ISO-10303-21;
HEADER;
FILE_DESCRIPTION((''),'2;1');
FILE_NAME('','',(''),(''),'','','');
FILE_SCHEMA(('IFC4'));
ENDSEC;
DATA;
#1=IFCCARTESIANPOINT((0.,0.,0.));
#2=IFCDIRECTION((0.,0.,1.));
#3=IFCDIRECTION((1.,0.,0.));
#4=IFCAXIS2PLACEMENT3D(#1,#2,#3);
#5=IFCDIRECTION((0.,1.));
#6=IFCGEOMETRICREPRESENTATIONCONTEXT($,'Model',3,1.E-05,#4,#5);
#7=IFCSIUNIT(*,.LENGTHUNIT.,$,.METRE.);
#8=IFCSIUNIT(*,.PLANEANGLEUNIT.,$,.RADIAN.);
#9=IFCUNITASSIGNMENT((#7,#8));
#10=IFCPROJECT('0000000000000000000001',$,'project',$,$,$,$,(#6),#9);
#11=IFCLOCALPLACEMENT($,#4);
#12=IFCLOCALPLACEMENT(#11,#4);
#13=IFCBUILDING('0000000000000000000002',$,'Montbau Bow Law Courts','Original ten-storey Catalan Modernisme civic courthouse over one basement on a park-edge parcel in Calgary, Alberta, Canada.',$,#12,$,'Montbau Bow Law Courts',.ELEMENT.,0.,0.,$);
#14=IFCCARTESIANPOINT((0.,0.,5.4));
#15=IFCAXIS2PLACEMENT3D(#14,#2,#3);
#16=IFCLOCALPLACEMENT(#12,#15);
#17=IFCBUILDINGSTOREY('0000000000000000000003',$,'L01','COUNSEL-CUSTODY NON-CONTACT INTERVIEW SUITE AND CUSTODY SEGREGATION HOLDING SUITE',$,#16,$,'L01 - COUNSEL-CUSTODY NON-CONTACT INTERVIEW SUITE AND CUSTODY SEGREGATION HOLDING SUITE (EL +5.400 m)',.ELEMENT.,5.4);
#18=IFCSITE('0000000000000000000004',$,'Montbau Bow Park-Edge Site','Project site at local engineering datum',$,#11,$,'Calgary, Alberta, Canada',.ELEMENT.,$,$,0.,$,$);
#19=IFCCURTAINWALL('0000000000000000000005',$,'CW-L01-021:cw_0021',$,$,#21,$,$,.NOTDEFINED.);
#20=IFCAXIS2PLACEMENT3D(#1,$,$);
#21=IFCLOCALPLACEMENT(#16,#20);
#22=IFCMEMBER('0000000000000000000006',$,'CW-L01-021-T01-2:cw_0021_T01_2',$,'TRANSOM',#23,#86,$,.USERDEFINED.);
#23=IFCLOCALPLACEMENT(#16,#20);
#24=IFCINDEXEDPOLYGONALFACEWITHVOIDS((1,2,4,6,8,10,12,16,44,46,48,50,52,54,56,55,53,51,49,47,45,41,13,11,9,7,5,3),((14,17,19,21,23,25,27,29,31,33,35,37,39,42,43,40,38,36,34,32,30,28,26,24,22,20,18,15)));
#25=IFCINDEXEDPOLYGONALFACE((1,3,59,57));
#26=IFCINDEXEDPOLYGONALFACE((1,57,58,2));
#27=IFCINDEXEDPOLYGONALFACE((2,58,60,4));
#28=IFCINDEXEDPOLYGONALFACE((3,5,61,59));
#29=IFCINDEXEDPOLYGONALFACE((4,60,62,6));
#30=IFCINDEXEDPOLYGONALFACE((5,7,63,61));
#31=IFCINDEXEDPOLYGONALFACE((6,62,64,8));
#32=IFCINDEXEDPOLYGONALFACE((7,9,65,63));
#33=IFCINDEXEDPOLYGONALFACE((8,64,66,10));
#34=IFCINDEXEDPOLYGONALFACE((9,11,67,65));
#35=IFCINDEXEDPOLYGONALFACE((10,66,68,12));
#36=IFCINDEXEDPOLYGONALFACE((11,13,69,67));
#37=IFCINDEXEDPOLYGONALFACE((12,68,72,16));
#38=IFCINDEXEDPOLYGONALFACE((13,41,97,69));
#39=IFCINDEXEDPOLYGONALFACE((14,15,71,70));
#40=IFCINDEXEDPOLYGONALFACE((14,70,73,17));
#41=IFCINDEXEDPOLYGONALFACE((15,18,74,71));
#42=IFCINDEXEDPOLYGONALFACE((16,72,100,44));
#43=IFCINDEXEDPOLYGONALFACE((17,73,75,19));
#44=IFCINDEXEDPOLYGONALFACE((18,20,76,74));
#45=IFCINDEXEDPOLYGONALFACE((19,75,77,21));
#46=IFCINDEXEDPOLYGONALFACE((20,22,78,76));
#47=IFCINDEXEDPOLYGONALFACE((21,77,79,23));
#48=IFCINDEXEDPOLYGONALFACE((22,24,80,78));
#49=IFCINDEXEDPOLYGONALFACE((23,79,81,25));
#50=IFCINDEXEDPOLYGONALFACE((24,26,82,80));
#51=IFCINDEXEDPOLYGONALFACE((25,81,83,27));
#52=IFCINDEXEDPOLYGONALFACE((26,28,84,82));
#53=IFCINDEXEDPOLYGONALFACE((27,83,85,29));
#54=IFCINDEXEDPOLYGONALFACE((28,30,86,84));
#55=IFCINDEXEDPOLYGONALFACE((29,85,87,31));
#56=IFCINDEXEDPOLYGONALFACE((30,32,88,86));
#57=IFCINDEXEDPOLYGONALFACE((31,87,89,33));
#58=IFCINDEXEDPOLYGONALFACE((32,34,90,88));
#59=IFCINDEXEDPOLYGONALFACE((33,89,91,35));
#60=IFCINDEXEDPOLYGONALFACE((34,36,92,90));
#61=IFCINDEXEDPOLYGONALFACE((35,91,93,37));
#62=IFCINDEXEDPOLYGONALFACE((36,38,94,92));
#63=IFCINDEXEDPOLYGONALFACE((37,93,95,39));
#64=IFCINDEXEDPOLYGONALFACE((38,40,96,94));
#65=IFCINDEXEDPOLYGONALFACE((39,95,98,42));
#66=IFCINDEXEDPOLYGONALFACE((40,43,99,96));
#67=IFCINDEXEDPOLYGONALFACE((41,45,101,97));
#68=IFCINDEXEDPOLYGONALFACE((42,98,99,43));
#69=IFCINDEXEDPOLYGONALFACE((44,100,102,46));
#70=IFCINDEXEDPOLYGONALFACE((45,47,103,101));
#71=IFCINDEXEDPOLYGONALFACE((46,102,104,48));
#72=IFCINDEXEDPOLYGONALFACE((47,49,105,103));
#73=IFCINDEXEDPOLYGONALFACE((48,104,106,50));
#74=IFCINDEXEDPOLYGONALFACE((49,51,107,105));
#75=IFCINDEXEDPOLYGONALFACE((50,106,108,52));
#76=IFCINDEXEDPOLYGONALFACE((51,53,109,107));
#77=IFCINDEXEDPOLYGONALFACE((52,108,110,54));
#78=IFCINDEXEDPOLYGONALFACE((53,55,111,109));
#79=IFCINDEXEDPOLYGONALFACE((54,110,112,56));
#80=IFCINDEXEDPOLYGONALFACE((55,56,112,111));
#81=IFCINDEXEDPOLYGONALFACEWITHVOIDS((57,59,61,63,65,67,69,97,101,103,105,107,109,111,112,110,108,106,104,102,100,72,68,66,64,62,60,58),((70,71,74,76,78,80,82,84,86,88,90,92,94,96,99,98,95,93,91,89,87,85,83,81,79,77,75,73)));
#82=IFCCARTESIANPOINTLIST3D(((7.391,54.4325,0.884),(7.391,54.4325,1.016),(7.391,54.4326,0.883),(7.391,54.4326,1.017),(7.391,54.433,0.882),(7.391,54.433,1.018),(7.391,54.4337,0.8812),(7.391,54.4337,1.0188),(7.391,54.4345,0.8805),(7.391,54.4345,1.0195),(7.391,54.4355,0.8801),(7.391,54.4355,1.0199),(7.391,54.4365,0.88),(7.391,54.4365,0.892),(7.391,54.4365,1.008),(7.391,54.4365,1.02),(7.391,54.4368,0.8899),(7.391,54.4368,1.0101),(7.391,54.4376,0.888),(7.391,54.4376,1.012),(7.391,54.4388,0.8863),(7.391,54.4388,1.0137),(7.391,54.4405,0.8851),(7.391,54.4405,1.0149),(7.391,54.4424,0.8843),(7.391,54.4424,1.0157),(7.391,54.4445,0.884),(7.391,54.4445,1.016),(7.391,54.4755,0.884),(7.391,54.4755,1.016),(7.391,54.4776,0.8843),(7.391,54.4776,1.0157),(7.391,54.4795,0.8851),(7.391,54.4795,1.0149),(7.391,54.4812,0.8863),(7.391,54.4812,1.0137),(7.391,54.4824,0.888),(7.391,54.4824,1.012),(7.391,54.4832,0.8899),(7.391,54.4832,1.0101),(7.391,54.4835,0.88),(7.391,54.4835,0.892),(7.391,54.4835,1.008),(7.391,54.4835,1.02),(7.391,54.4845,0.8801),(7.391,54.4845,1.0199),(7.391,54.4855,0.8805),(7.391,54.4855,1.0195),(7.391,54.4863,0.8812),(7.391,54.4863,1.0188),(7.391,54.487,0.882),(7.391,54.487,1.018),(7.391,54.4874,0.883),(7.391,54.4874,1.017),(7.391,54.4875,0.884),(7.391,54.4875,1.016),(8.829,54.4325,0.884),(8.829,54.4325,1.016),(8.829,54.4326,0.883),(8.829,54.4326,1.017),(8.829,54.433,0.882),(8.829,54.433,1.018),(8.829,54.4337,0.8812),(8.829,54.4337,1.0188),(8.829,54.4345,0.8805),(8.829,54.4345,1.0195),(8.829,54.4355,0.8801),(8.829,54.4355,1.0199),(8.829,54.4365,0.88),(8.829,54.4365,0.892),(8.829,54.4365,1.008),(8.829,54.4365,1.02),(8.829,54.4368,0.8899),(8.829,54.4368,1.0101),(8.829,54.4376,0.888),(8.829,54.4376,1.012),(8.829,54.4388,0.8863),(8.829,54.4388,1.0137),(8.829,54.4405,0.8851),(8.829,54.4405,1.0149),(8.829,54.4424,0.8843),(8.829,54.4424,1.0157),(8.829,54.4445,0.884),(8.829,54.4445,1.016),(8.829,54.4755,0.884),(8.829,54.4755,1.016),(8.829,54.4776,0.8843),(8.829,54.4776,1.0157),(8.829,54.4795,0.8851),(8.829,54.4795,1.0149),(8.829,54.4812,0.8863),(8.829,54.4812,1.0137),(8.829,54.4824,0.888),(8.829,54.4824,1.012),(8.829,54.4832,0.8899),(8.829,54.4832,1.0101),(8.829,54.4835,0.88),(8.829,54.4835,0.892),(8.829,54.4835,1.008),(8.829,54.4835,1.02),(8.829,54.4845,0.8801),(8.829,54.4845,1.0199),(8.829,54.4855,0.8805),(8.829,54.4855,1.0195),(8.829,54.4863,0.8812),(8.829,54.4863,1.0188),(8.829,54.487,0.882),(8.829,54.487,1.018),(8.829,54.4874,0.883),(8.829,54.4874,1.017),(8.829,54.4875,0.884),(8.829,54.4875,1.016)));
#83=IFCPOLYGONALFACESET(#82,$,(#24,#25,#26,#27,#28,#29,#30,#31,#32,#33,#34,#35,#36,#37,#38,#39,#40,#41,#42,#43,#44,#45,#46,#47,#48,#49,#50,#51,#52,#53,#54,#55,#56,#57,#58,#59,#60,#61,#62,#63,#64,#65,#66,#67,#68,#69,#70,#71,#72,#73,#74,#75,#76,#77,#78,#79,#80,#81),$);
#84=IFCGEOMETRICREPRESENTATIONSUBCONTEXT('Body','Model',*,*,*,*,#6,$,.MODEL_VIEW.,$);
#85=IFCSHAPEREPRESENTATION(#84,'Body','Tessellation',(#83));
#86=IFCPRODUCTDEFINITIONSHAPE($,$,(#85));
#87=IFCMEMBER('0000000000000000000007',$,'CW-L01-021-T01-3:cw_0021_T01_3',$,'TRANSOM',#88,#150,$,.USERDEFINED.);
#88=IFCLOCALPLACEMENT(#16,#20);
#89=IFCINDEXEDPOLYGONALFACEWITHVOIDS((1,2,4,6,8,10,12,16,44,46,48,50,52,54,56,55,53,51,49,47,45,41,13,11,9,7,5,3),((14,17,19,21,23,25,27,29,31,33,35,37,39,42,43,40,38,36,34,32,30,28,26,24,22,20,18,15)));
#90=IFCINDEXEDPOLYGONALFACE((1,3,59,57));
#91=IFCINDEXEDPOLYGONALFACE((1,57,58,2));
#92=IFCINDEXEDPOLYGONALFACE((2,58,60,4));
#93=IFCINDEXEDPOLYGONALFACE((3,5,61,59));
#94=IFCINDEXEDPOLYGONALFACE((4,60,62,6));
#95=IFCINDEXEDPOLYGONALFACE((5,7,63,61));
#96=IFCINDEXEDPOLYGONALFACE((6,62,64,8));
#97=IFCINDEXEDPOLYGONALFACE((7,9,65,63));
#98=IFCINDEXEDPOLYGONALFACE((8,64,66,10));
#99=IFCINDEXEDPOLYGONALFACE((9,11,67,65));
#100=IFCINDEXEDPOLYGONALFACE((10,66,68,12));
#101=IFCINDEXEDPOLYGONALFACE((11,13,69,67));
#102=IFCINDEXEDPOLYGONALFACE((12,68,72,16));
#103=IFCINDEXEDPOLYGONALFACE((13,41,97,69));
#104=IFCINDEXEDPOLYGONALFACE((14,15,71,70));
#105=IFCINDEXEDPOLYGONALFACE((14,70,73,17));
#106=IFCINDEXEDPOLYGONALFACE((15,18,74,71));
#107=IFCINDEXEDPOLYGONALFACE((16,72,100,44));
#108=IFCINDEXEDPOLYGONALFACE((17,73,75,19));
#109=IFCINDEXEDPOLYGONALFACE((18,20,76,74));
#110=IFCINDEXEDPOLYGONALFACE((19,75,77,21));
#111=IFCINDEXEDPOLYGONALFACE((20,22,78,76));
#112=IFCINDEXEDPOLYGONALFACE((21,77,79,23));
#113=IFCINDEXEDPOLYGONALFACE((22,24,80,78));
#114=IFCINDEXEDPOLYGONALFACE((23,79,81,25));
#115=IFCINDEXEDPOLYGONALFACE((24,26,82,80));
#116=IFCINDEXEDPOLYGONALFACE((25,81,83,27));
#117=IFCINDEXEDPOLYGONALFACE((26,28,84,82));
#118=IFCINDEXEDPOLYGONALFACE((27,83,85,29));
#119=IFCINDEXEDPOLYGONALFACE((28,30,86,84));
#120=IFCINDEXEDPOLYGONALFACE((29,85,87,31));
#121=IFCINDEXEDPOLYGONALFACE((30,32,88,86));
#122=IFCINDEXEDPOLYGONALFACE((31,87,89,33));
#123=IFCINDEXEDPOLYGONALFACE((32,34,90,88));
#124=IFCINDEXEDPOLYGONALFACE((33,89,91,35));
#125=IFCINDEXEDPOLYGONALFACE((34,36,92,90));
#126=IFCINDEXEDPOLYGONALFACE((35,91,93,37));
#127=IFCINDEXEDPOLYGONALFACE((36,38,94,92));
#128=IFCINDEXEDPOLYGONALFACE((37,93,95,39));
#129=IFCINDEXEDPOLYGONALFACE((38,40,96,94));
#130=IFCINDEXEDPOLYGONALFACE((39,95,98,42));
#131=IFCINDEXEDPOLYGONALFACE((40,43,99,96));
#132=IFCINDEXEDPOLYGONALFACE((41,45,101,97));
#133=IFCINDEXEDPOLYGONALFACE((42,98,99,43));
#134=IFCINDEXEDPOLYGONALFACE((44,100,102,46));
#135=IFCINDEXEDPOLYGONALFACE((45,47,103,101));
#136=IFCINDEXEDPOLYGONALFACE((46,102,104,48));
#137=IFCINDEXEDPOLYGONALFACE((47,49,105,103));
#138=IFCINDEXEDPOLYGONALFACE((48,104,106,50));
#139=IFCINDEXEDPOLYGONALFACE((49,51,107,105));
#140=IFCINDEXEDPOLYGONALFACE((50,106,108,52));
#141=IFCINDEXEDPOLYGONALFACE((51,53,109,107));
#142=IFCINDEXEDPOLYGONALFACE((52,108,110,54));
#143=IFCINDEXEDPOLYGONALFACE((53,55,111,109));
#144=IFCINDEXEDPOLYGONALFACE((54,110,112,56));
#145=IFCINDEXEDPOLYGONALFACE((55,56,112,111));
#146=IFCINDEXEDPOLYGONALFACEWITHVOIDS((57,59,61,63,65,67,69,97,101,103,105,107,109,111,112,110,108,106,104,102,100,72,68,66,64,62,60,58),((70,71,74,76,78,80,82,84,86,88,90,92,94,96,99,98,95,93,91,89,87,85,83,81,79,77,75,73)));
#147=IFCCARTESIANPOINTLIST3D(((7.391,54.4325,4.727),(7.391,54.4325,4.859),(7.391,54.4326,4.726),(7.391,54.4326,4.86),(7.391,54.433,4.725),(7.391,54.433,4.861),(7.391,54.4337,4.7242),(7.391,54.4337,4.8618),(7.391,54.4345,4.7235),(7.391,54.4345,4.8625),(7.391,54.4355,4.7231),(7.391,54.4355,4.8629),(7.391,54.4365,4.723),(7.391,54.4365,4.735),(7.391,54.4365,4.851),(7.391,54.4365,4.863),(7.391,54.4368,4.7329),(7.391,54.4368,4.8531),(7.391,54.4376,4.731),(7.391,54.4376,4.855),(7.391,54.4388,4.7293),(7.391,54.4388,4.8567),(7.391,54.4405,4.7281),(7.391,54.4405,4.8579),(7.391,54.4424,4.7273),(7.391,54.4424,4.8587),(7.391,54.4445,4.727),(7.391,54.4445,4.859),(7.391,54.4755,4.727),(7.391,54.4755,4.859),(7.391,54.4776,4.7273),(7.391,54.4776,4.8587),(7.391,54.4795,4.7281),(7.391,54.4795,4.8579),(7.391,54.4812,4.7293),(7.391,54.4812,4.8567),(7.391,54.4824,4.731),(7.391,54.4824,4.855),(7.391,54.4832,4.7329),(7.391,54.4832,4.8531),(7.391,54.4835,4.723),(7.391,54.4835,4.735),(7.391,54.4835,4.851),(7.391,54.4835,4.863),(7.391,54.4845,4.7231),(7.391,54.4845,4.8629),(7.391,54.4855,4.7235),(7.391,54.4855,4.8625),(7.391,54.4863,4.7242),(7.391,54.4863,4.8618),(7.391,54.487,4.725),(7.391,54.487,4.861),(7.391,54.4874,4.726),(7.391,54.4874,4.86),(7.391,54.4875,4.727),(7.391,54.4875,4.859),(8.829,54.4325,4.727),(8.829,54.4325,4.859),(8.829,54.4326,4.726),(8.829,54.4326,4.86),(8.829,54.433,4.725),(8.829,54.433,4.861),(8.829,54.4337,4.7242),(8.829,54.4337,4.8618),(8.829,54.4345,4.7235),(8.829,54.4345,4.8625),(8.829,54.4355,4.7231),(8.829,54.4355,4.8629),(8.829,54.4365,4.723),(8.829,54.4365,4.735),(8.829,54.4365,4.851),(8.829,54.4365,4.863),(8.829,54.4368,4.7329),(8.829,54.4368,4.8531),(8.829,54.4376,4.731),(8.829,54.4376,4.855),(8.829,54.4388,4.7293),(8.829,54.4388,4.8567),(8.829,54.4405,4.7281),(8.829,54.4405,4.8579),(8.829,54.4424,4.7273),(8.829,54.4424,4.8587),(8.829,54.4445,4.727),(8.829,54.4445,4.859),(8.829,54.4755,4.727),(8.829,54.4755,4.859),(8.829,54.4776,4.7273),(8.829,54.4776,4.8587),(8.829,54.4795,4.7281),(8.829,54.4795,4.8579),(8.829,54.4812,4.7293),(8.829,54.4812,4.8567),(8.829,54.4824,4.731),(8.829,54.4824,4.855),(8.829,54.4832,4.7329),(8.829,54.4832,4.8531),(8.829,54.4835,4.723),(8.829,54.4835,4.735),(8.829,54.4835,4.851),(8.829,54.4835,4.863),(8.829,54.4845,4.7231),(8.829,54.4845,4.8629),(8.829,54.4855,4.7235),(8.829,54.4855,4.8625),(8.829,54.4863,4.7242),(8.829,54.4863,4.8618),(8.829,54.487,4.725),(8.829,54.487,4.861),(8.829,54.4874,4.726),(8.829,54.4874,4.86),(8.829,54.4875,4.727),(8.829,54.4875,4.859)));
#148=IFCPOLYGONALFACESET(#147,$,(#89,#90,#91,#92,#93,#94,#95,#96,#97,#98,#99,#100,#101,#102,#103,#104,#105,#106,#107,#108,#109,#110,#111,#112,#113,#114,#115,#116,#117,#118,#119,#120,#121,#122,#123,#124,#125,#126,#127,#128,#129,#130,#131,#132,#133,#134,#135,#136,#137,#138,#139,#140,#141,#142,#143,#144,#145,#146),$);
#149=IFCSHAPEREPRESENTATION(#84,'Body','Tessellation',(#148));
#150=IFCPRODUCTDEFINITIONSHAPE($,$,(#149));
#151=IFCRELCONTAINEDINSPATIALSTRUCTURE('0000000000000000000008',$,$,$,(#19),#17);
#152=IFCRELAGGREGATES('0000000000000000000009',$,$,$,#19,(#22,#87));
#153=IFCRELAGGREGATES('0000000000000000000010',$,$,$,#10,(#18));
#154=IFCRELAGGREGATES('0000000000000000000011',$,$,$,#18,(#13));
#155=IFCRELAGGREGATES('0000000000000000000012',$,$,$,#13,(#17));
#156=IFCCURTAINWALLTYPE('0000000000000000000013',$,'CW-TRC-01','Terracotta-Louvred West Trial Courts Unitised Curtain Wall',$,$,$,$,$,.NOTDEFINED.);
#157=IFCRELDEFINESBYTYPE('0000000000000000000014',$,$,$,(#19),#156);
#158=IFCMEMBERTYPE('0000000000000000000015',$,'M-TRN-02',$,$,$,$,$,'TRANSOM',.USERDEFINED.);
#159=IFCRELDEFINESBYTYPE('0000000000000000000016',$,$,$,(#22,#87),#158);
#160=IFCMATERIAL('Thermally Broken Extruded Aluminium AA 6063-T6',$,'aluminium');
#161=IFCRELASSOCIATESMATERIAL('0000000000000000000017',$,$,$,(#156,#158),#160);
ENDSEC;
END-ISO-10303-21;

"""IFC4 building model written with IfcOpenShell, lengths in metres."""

from ifc_helpers import new_model, si_unit, direction, frame, origin_with_axes, origin_2d_with_axis, place, context, subcontext, project, spatial, hollow_rectangle, extrude, material, material_profile, profile_set, type_object, element, aggregate, save


model = new_model("IFC4")

# Units and contexts
model_context = context("Model", 3, precision=1e-05, world=origin_with_axes(), true_north=direction((0.0, 1.0)))
body_context = subcontext(model_context, "Body", "Model", "MODEL_VIEW")
ifc_project = project(units=[si_unit("LENGTHUNIT", "METRE"), si_unit("PLANEANGLEUNIT", "RADIAN")], contexts=[model_context])

# Site, building, storey
site_placement = place(None, origin_with_axes())
site = spatial("IfcSite", under=ifc_project, at=site_placement, Name="Montbau Bow Park-Edge Site", Description="Project site at local engineering datum", LongName="Calgary, Alberta, Canada", CompositionType="ELEMENT", RefElevation=0.0)
building_placement = place(site_placement, origin_with_axes())
building = spatial("IfcBuilding", under=site, at=building_placement, Name="Montbau Bow Law Courts", Description="Original ten-storey Catalan Modernisme civic courthouse over one basement on a park-edge parcel in Calgary, Alberta, Canada.", LongName="Montbau Bow Law Courts", CompositionType="ELEMENT", ElevationOfRefHeight=0.0, ElevationOfTerrain=0.0)
storey_placement = place(building_placement, frame((0.0, 0.0, 5.4), z_axis=(0.0, 0.0, 1.0), x_axis=(1.0, 0.0, 0.0)))
storey = spatial("IfcBuildingStorey", under=building, at=storey_placement, Name="L01", Description="COUNSEL-CUSTODY NON-CONTACT INTERVIEW SUITE AND CUSTODY SEGREGATION HOLDING SUITE", LongName="L01 - COUNSEL-CUSTODY NON-CONTACT INTERVIEW SUITE AND CUSTODY SEGREGATION HOLDING SUITE (EL +5.400 m)", CompositionType="ELEMENT", Elevation=5.4)

# Shared definitions
ifc_material_1 = material(Name="Thermally Broken Extruded Aluminium AA 6063-T6", Category="aluminium")
curtain_wall_type = type_object("IfcCurtainWallType", Name="CW-TRC-01", Description="Terracotta-Louvred West Trial Courts Unitised Curtain Wall", PredefinedType="NOTDEFINED", material=ifc_material_1)

# Curtain wall, members
curtain_wall_1_placement = place(None, frame((7.315, 54.46, 5.4), z_axis=(0.0, 0.0, 1.0), x_axis=(1.0, 0.0, 0.0)))
curtain_wall_1 = element("IfcCurtainWall", 1, at=curtain_wall_1_placement, inside=storey, type_object=curtain_wall_type, Name="CW-L01-021:cw_0021", PredefinedType="NOTDEFINED")
ifc_material_profile_1 = material_profile(ifc_material_1, hollow_rectangle(XDim=0.055, YDim=0.14, WallThickness=0.004, InnerFilletRadius=0.008, OuterFilletRadius=0.004, at=origin_2d_with_axis()), Name="CWT-140X55", Category="Main", Priority=0)
ifc_profile_set_1 = profile_set([ifc_material_profile_1], Name="Thermally Broken Extruded Aluminium AA 6063-T6")
member_type_1 = type_object("IfcMemberType", Name="M-TRN-02", ElementType="TRANSOM", PredefinedType="USERDEFINED", material=ifc_profile_set_1)
member_1_placement = place(None, frame((7.391, 54.46, 6.35), z_axis=(1.0, 0.0, 0.0), x_axis=(0.0, 1.0, 0.0)))
member_1 = element("IfcMember", 2, at=member_1_placement, type_object=member_type_1, Name="CW-L01-021-T01-2:cw_0021_T01_2", ObjectType="TRANSOM", PredefinedType="USERDEFINED", context=body_context, shape_type="SweptSolid", body=[
    extrude(hollow_rectangle(XDim=0.055, YDim=0.14, WallThickness=0.004, InnerFilletRadius=0.008, OuterFilletRadius=0.004, at=origin_2d_with_axis()), origin_with_axes(), (0.0, 0.0, 1.0), 1.438),
])
member_2_placement = place(None, frame((7.391, 54.46, 10.193), z_axis=(1.0, 0.0, 0.0), x_axis=(0.0, 1.0, 0.0)))
member_2 = element("IfcMember", 3, at=member_2_placement, type_object=member_type_1, Name="CW-L01-021-T01-3:cw_0021_T01_3", ObjectType="TRANSOM", PredefinedType="USERDEFINED", context=body_context, shape_type="SweptSolid", body=[
    extrude(hollow_rectangle(XDim=0.055, YDim=0.14, WallThickness=0.004, InnerFilletRadius=0.008, OuterFilletRadius=0.004, at=origin_2d_with_axis()), origin_with_axes(), (0.0, 0.0, 1.0), 1.438),
])

aggregate(curtain_wall_1, [member_1, member_2])

save(model, "model.ifc")
